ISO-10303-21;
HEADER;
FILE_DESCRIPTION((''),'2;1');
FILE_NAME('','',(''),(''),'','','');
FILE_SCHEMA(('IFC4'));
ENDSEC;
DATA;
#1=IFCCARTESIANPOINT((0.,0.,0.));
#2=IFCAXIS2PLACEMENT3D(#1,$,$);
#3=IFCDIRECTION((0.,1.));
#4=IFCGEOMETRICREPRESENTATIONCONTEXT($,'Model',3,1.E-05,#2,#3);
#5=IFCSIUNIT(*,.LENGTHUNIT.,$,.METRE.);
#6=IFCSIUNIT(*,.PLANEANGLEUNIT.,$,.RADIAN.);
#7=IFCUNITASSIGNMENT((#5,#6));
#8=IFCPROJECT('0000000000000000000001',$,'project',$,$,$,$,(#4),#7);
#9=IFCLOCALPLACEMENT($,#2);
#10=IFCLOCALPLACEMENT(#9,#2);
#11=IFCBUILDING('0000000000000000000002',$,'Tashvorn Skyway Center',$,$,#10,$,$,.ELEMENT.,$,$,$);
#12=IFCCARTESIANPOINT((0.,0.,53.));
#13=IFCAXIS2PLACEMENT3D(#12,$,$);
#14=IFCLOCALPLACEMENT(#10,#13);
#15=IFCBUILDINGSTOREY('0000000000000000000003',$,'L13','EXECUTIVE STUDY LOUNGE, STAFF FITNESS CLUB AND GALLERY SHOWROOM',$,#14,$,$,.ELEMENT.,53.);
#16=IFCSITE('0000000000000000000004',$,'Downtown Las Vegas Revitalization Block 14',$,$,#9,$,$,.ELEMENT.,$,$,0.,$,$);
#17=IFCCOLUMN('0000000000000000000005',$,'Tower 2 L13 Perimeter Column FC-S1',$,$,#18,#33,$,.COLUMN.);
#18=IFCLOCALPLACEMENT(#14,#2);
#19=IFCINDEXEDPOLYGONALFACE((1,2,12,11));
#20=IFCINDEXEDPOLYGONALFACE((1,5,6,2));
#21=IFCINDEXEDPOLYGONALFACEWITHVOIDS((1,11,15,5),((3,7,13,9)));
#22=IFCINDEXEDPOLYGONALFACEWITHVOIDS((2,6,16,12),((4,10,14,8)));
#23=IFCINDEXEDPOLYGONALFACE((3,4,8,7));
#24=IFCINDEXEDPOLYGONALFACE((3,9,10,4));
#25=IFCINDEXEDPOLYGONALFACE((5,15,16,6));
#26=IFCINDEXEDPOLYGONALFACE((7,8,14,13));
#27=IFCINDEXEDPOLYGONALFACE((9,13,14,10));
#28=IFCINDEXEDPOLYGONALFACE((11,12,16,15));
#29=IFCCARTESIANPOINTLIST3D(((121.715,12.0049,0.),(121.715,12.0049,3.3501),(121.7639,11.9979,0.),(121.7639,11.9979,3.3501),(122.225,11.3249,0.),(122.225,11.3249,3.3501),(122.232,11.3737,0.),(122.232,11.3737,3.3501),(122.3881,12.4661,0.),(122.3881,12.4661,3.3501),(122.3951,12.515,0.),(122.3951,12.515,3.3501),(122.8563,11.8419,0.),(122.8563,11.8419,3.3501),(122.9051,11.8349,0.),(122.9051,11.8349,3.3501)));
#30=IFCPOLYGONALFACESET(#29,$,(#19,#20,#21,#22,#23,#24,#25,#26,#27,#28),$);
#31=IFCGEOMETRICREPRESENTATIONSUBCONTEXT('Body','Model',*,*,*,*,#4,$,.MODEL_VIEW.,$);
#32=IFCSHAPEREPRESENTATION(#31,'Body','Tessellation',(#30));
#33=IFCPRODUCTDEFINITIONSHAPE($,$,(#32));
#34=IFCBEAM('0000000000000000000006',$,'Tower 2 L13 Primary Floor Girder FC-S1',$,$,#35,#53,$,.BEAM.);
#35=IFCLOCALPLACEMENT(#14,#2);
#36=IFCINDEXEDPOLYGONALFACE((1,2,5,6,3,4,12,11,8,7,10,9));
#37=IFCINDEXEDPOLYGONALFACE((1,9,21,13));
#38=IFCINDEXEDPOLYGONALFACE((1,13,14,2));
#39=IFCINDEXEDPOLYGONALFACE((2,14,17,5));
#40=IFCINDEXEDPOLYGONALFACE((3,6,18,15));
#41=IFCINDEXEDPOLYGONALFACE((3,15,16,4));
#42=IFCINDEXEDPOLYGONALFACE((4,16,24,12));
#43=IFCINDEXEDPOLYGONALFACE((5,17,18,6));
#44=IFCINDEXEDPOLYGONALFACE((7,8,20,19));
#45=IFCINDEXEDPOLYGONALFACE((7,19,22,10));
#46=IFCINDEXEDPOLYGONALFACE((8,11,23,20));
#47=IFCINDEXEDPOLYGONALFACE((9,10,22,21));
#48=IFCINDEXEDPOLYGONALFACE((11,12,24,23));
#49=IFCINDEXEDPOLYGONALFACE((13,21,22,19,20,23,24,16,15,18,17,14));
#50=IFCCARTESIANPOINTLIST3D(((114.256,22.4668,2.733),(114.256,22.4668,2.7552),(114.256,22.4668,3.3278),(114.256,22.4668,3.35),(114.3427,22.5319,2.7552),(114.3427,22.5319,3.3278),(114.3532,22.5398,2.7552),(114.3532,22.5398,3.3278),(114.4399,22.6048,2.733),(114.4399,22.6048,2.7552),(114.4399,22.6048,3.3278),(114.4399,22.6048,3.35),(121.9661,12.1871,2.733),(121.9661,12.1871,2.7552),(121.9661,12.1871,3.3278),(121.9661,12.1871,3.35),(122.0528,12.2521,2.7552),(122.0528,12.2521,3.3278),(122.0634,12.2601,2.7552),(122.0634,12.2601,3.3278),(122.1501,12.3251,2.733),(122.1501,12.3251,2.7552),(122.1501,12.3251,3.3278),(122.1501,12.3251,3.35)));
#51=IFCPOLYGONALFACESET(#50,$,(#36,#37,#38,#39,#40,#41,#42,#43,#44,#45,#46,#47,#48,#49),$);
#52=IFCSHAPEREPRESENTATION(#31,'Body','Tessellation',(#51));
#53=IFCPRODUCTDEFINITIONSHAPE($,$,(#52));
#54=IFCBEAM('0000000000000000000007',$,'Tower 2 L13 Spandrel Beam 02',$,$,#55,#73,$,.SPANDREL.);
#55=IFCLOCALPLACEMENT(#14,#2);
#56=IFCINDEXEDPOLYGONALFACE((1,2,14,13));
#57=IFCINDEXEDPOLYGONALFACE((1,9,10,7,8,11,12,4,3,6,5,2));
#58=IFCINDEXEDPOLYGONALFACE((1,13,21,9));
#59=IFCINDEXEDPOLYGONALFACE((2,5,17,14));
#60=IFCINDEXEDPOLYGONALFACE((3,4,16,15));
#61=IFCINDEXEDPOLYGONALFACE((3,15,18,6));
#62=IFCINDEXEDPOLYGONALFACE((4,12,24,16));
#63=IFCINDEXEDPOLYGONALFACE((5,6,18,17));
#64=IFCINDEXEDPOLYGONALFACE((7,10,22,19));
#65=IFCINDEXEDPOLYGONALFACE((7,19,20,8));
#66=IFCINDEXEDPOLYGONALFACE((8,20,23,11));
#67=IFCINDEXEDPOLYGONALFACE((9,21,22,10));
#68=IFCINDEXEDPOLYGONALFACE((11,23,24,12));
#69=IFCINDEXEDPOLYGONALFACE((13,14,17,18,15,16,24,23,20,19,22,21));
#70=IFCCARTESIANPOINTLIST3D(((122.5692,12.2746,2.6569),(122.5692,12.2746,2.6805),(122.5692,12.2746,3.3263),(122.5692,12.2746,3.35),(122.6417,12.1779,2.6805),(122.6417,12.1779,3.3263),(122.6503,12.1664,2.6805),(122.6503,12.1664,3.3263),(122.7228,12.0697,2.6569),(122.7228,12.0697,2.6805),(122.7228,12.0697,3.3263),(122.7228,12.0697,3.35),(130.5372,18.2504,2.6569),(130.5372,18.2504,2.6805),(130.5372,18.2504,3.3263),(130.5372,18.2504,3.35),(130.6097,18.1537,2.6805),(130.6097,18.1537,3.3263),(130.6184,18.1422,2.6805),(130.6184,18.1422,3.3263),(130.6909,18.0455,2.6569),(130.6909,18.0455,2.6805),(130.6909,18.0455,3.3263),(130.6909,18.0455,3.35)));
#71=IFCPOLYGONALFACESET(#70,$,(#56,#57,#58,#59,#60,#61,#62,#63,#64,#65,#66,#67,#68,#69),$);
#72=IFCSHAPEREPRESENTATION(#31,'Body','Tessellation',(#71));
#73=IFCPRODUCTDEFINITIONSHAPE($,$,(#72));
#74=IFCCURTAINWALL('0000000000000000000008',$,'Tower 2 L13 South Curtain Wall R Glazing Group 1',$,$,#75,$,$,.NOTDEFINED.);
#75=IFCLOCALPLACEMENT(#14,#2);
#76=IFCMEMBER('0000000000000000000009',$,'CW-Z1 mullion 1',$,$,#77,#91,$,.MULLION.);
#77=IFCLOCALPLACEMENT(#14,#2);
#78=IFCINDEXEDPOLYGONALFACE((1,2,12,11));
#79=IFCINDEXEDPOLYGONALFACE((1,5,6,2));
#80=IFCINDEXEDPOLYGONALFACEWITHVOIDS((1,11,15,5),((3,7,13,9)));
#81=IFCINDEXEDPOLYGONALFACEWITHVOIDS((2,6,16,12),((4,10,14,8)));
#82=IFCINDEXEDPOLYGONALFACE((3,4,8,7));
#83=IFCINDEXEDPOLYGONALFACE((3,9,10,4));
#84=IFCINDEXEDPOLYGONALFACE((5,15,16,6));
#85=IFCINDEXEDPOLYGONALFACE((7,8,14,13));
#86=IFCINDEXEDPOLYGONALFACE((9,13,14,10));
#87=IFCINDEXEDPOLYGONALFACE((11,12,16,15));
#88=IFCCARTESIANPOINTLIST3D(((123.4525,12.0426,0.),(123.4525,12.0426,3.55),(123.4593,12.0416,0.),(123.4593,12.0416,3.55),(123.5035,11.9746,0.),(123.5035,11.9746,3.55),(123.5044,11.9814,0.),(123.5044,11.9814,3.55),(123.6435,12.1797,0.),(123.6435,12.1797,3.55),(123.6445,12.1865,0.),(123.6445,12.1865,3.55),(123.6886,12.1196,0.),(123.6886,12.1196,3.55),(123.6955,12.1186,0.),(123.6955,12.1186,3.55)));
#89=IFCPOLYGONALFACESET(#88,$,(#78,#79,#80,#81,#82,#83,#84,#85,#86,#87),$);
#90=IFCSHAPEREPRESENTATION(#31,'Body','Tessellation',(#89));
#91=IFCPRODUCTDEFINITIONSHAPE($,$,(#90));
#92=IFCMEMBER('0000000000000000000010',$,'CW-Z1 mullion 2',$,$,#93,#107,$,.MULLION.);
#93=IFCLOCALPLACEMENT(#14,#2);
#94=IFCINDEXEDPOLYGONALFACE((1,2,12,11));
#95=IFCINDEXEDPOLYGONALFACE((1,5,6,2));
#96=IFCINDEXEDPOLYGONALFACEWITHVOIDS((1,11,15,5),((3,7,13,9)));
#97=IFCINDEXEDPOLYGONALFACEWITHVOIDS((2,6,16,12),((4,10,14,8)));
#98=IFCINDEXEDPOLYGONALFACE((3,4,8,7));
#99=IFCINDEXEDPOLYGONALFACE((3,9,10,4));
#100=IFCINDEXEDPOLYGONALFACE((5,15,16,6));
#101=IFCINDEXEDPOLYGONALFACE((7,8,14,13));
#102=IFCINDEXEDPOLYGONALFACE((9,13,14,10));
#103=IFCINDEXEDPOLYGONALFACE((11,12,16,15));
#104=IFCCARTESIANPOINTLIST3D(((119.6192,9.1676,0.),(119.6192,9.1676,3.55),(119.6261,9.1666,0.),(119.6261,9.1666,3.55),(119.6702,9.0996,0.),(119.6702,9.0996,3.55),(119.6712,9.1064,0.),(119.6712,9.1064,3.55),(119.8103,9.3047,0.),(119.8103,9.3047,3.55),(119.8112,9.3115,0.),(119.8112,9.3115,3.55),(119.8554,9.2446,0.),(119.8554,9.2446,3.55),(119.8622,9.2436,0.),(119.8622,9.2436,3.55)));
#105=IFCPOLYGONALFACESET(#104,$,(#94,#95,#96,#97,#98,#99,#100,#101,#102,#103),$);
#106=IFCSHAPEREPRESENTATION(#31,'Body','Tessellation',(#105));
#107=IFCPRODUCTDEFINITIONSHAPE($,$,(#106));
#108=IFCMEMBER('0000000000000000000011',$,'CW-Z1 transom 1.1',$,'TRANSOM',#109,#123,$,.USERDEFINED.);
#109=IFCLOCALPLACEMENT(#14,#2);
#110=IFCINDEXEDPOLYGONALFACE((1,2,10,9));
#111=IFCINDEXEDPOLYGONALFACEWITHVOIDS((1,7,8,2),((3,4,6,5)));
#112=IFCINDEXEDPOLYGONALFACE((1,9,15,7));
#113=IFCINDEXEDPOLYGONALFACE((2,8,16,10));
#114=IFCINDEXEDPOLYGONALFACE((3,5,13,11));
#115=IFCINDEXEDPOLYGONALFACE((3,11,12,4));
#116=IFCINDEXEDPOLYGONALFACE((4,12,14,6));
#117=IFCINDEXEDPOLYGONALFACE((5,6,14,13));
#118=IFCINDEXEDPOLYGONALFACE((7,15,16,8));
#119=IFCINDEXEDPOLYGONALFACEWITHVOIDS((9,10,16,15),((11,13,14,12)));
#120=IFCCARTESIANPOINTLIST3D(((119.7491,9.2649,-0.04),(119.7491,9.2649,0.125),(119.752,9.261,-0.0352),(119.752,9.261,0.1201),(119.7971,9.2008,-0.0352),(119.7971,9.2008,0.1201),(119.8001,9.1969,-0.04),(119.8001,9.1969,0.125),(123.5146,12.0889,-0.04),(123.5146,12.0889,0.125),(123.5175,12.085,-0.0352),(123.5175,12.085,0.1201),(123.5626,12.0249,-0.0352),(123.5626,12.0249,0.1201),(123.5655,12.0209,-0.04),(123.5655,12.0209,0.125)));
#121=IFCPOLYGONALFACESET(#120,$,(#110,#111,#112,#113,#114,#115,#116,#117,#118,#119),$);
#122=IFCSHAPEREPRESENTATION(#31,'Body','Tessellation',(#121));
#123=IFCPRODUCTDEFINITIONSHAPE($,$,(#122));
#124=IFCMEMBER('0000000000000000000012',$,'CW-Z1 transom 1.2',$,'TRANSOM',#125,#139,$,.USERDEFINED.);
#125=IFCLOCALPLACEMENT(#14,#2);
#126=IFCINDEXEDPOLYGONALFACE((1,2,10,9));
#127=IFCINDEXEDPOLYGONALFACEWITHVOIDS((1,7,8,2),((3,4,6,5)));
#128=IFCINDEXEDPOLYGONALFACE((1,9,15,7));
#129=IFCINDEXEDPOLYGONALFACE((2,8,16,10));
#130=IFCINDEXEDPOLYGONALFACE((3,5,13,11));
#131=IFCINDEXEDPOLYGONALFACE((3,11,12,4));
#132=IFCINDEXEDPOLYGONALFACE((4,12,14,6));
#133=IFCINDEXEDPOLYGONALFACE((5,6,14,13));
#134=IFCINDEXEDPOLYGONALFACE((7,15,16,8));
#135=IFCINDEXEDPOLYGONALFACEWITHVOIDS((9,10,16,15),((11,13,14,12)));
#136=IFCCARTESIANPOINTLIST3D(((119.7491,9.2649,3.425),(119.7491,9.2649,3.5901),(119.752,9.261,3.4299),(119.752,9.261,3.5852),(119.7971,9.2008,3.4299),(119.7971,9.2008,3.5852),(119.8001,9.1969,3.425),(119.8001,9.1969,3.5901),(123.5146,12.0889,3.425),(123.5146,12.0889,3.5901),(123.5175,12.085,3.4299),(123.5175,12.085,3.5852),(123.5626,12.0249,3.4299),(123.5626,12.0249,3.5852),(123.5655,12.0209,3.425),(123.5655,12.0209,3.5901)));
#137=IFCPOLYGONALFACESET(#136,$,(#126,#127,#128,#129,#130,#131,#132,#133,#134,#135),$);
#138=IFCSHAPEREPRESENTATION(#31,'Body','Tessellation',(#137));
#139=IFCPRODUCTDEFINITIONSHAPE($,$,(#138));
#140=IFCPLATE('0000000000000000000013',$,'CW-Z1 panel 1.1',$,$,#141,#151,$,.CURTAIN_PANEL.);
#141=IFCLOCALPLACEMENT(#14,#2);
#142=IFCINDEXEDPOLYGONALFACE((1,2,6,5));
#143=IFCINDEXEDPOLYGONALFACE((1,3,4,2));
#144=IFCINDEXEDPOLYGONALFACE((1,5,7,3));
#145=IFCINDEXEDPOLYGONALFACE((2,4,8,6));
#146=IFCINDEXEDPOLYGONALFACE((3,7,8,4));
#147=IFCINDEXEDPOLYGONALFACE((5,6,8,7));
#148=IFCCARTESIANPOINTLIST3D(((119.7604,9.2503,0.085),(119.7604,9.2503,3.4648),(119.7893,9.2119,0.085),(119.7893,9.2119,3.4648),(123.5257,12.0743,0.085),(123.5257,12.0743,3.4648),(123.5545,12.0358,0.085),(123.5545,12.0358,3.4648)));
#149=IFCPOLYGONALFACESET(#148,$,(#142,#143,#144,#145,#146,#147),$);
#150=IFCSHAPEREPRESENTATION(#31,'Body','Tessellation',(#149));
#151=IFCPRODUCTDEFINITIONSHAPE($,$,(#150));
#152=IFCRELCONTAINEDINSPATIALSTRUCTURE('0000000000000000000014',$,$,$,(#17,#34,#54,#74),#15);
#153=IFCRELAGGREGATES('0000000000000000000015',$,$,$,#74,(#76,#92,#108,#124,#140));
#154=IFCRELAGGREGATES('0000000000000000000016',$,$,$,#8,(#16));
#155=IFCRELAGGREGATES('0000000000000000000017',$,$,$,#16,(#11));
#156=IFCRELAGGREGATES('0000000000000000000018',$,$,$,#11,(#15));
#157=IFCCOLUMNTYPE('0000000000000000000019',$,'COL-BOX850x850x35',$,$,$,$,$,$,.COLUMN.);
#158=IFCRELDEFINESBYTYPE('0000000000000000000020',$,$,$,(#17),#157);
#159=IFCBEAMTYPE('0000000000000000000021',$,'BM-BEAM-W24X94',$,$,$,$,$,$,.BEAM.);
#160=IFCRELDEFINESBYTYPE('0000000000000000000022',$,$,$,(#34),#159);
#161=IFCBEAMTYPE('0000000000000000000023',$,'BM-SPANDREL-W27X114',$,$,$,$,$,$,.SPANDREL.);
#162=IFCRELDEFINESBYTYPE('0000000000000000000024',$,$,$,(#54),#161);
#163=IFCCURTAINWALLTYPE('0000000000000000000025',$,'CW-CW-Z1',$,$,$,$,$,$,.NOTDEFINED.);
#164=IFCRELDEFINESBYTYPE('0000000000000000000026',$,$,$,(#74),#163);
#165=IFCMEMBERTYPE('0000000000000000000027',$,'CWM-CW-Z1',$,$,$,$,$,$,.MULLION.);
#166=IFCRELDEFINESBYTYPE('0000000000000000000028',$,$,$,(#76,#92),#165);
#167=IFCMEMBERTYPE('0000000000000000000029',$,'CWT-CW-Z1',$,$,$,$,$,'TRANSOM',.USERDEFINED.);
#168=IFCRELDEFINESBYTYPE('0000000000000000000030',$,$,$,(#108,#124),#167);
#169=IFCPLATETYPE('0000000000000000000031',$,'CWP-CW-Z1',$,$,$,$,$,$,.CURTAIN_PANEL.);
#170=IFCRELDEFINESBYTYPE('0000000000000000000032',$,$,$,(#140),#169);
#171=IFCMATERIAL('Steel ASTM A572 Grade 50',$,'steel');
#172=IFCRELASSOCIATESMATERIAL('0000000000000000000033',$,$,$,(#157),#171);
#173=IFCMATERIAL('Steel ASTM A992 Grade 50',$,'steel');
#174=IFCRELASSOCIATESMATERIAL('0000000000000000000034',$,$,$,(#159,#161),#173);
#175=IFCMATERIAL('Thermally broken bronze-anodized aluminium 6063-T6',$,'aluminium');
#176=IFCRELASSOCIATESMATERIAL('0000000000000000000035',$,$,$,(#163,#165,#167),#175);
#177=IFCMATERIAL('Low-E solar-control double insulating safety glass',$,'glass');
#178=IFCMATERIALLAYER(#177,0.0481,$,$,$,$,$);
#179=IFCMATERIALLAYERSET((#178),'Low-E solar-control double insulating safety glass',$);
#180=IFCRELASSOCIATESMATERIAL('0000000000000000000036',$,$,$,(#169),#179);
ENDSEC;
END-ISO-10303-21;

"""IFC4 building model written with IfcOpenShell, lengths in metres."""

from ifc_helpers import new_model, si_unit, direction, frame, origin, origin_2d, place, context, subcontext, project, spatial, rectangle, hollow_rectangle, i_section, extrude, material, layer, layer_set, material_profile, profile_set, type_object, element, aggregate, save


model = new_model("IFC4")

# Units and contexts
model_context = context("Model", 3, precision=1e-05, world=origin(), true_north=direction((0.0, 1.0)))
body_context = subcontext(model_context, "Body", "Model", "MODEL_VIEW")
ifc_project = project(units=[si_unit("LENGTHUNIT", "METRE"), si_unit("PLANEANGLEUNIT", "RADIAN")], contexts=[model_context])

# Site, building, storey
site_placement = place(None, origin())
site = spatial("IfcSite", under=ifc_project, at=site_placement, Name="Downtown Las Vegas Revitalization Block 14", CompositionType="ELEMENT", RefElevation=0.0)
building_placement = place(site_placement, origin())
building = spatial("IfcBuilding", under=site, at=building_placement, Name="Tashvorn Skyway Center", CompositionType="ELEMENT")
storey_placement = place(building_placement, frame((0.0, 0.0, 53.0)))
storey = spatial("IfcBuildingStorey", under=building, at=storey_placement, Name="L13", Description="EXECUTIVE STUDY LOUNGE, STAFF FITNESS CLUB AND GALLERY SHOWROOM", CompositionType="ELEMENT", Elevation=53.0)

# Column
ifc_material_1 = material(Name="Steel ASTM A572 Grade 50", Category="steel")
ifc_material_profile_1 = material_profile(ifc_material_1, hollow_rectangle(XDim=0.8501, YDim=0.8501, WallThickness=0.0349, at=origin_2d()), Name="BOX850x850x35")
ifc_profile_set_1 = profile_set([ifc_material_profile_1], Name="Steel ASTM A572 Grade 50")
column_type = type_object("IfcColumnType", Name="COL-BOX850x850x35", PredefinedType="COLUMN", material=ifc_profile_set_1)
column_placement = place(storey_placement, frame((122.3101, 11.9199, 0.0), z_axis=(0.0, 0.0, 1.0), x_axis=(0.8, 0.6, 0.0)))
element("IfcColumn", 1, at=column_placement, inside=storey, type_object=column_type, Name="Tower 2 L13 Perimeter Column FC-S1", PredefinedType="COLUMN", context=body_context, shape_type="SweptSolid", body=[
    extrude(hollow_rectangle(XDim=0.8501, YDim=0.8501, WallThickness=0.0349, at=origin_2d()), origin(), (0.0, 0.0, 1.0), 3.3501),
])

# Beams
ifc_material_2 = material(Name="Steel ASTM A992 Grade 50", Category="steel")
ifc_material_profile_2 = material_profile(ifc_material_2, i_section(OverallWidth=0.23, OverallDepth=0.6169, WebThickness=0.0132, FlangeThickness=0.0222, at=origin_2d()), Name="W24X94")
ifc_profile_set_2 = profile_set([ifc_material_profile_2], Name="Steel ASTM A992 Grade 50")
beam_type_1 = type_object("IfcBeamType", Name="BM-BEAM-W24X94", PredefinedType="BEAM", material=ifc_profile_set_2)
beam_1_placement = place(storey_placement, frame((122.0581, 12.2561, 3.0415), z_axis=(-0.600018, 0.799986, 0.0), x_axis=(-0.799986, -0.600018, 0.0)))
element("IfcBeam", 2, at=beam_1_placement, inside=storey, type_object=beam_type_1, Name="Tower 2 L13 Primary Floor Girder FC-S1", PredefinedType="BEAM", context=body_context, shape_type="SweptSolid", body=[
    extrude(i_section(OverallWidth=0.23, OverallDepth=0.6169, WebThickness=0.0132, FlangeThickness=0.0222, at=origin_2d()), origin(), (0.0, 0.0, 1.0), 12.8499),
])
ifc_material_profile_3 = material_profile(ifc_material_2, i_section(OverallWidth=0.2561, OverallDepth=0.6931, WebThickness=0.0144, FlangeThickness=0.0237, at=origin_2d()), Name="W27X114")
ifc_profile_set_3 = profile_set([ifc_material_profile_3], Name="Steel ASTM A992 Grade 50")
beam_type_2 = type_object("IfcBeamType", Name="BM-SPANDREL-W27X114", PredefinedType="SPANDREL", material=ifc_profile_set_3)
beam_2_placement = place(storey_placement, frame((122.646, 12.1721, 3.0034), z_axis=(0.800009, 0.599988, 0.0), x_axis=(-0.599988, 0.800009, 0.0)))
element("IfcBeam", 3, at=beam_2_placement, inside=storey, type_object=beam_type_2, Name="Tower 2 L13 Spandrel Beam 02", PredefinedType="SPANDREL", context=body_context, shape_type="SweptSolid", body=[
    extrude(i_section(OverallWidth=0.2561, OverallDepth=0.6931, WebThickness=0.0144, FlangeThickness=0.0237, at=origin_2d()), origin(), (0.0, 0.0, 1.0), 9.96),
])

# Curtain wall, members, plate
ifc_material_3 = material(Name="Thermally broken bronze-anodized aluminium 6063-T6", Category="aluminium")
curtain_wall_type = type_object("IfcCurtainWallType", Name="CW-CW-Z1", PredefinedType="NOTDEFINED", material=ifc_material_3)
curtain_wall_placement = place(storey_placement, origin())
curtain_wall = element("IfcCurtainWall", 4, at=curtain_wall_placement, inside=storey, type_object=curtain_wall_type, Name="Tower 2 L13 South Curtain Wall R Glazing Group 1", PredefinedType="NOTDEFINED")
ifc_material_profile_4 = material_profile(ifc_material_3, hollow_rectangle(XDim=0.085, YDim=0.24, WallThickness=0.0049, at=origin_2d()), Name="ALU-MULL-85x240")
ifc_profile_set_4 = profile_set([ifc_material_profile_4], Name="Thermally broken bronze-anodized aluminium 6063-T6")
member_type_1 = type_object("IfcMemberType", Name="CWM-CW-Z1", PredefinedType="MULLION", material=ifc_profile_set_4)
member_1_placement = place(storey_placement, frame((123.574, 12.0806, 0.0), z_axis=(0.0, 0.0, 1.0), x_axis=(0.600003, -0.799998, 0.0)))
member_1 = element("IfcMember", 5, at=member_1_placement, type_object=member_type_1, Name="CW-Z1 mullion 1", PredefinedType="MULLION", context=body_context, shape_type="SweptSolid", body=[
    extrude(hollow_rectangle(XDim=0.085, YDim=0.24, WallThickness=0.0049, at=origin_2d()), origin(), (0.0, 0.0, 1.0), 3.55),
])
member_2_placement = place(storey_placement, frame((119.7407, 9.2056, 0.0), z_axis=(0.0, 0.0, 1.0), x_axis=(0.600003, -0.799998, 0.0)))
member_2 = element("IfcMember", 6, at=member_2_placement, type_object=member_type_1, Name="CW-Z1 mullion 2", PredefinedType="MULLION", context=body_context, shape_type="SweptSolid", body=[
    extrude(hollow_rectangle(XDim=0.085, YDim=0.24, WallThickness=0.0049, at=origin_2d()), origin(), (0.0, 0.0, 1.0), 3.55),
])
ifc_material_profile_5 = material_profile(ifc_material_3, hollow_rectangle(XDim=0.085, YDim=0.165, WallThickness=0.0049, at=origin_2d()), Name="ALU-TRAN-85x165")
ifc_profile_set_5 = profile_set([ifc_material_profile_5], Name="Thermally broken bronze-anodized aluminium 6063-T6")
member_type_2 = type_object("IfcMemberType", Name="CWT-CW-Z1", ElementType="TRANSOM", PredefinedType="USERDEFINED", material=ifc_profile_set_5)
member_3_placement = place(storey_placement, frame((123.54, 12.0549, 0.0425), z_axis=(-0.800006, -0.599992, 0.0), x_axis=(0.599992, -0.800006, 0.0)))
member_3 = element("IfcMember", 7, at=member_3_placement, type_object=member_type_2, Name="CW-Z1 transom 1.1", ObjectType="TRANSOM", PredefinedType="USERDEFINED", context=body_context, shape_type="SweptSolid", body=[
    extrude(hollow_rectangle(XDim=0.085, YDim=0.165, WallThickness=0.0049, at=origin_2d()), origin(), (0.0, 0.0, 1.0), 4.7068),
])
member_4_placement = place(storey_placement, frame((123.54, 12.0549, 3.5076), z_axis=(-0.800006, -0.599992, 0.0), x_axis=(0.599992, -0.800006, 0.0)))
member_4 = element("IfcMember", 8, at=member_4_placement, type_object=member_type_2, Name="CW-Z1 transom 1.2", ObjectType="TRANSOM", PredefinedType="USERDEFINED", context=body_context, shape_type="SweptSolid", body=[
    extrude(hollow_rectangle(XDim=0.085, YDim=0.165, WallThickness=0.0049, at=origin_2d()), origin(), (0.0, 0.0, 1.0), 4.7068),
])
ifc_material_4 = material(Name="Low-E solar-control double insulating safety glass", Category="glass")
ifc_layer_1 = layer(ifc_material_4, 0.0481)
ifc_layer_set_1 = layer_set([ifc_layer_1], Name="Low-E solar-control double insulating safety glass")
plate_type = type_object("IfcPlateType", Name="CWP-CW-Z1", PredefinedType="CURTAIN_PANEL", material=ifc_layer_set_1)
plate_placement = place(storey_placement, frame((121.6575, 10.6431, 0.085), z_axis=(0.0, 0.0, 1.0), x_axis=(-0.799998, -0.600003, 0.0)))
plate = element("IfcPlate", 9, at=plate_placement, type_object=plate_type, Name="CW-Z1 panel 1.1", PredefinedType="CURTAIN_PANEL", context=body_context, shape_type="SweptSolid", body=[
    extrude(rectangle(XDim=4.7065, YDim=0.0481, at=origin_2d()), origin(), (0.0, 0.0, 1.0), 3.3799),
])
aggregate(curtain_wall, [member_1, member_2, member_3, member_4, plate])

save(model, "model.ifc")
